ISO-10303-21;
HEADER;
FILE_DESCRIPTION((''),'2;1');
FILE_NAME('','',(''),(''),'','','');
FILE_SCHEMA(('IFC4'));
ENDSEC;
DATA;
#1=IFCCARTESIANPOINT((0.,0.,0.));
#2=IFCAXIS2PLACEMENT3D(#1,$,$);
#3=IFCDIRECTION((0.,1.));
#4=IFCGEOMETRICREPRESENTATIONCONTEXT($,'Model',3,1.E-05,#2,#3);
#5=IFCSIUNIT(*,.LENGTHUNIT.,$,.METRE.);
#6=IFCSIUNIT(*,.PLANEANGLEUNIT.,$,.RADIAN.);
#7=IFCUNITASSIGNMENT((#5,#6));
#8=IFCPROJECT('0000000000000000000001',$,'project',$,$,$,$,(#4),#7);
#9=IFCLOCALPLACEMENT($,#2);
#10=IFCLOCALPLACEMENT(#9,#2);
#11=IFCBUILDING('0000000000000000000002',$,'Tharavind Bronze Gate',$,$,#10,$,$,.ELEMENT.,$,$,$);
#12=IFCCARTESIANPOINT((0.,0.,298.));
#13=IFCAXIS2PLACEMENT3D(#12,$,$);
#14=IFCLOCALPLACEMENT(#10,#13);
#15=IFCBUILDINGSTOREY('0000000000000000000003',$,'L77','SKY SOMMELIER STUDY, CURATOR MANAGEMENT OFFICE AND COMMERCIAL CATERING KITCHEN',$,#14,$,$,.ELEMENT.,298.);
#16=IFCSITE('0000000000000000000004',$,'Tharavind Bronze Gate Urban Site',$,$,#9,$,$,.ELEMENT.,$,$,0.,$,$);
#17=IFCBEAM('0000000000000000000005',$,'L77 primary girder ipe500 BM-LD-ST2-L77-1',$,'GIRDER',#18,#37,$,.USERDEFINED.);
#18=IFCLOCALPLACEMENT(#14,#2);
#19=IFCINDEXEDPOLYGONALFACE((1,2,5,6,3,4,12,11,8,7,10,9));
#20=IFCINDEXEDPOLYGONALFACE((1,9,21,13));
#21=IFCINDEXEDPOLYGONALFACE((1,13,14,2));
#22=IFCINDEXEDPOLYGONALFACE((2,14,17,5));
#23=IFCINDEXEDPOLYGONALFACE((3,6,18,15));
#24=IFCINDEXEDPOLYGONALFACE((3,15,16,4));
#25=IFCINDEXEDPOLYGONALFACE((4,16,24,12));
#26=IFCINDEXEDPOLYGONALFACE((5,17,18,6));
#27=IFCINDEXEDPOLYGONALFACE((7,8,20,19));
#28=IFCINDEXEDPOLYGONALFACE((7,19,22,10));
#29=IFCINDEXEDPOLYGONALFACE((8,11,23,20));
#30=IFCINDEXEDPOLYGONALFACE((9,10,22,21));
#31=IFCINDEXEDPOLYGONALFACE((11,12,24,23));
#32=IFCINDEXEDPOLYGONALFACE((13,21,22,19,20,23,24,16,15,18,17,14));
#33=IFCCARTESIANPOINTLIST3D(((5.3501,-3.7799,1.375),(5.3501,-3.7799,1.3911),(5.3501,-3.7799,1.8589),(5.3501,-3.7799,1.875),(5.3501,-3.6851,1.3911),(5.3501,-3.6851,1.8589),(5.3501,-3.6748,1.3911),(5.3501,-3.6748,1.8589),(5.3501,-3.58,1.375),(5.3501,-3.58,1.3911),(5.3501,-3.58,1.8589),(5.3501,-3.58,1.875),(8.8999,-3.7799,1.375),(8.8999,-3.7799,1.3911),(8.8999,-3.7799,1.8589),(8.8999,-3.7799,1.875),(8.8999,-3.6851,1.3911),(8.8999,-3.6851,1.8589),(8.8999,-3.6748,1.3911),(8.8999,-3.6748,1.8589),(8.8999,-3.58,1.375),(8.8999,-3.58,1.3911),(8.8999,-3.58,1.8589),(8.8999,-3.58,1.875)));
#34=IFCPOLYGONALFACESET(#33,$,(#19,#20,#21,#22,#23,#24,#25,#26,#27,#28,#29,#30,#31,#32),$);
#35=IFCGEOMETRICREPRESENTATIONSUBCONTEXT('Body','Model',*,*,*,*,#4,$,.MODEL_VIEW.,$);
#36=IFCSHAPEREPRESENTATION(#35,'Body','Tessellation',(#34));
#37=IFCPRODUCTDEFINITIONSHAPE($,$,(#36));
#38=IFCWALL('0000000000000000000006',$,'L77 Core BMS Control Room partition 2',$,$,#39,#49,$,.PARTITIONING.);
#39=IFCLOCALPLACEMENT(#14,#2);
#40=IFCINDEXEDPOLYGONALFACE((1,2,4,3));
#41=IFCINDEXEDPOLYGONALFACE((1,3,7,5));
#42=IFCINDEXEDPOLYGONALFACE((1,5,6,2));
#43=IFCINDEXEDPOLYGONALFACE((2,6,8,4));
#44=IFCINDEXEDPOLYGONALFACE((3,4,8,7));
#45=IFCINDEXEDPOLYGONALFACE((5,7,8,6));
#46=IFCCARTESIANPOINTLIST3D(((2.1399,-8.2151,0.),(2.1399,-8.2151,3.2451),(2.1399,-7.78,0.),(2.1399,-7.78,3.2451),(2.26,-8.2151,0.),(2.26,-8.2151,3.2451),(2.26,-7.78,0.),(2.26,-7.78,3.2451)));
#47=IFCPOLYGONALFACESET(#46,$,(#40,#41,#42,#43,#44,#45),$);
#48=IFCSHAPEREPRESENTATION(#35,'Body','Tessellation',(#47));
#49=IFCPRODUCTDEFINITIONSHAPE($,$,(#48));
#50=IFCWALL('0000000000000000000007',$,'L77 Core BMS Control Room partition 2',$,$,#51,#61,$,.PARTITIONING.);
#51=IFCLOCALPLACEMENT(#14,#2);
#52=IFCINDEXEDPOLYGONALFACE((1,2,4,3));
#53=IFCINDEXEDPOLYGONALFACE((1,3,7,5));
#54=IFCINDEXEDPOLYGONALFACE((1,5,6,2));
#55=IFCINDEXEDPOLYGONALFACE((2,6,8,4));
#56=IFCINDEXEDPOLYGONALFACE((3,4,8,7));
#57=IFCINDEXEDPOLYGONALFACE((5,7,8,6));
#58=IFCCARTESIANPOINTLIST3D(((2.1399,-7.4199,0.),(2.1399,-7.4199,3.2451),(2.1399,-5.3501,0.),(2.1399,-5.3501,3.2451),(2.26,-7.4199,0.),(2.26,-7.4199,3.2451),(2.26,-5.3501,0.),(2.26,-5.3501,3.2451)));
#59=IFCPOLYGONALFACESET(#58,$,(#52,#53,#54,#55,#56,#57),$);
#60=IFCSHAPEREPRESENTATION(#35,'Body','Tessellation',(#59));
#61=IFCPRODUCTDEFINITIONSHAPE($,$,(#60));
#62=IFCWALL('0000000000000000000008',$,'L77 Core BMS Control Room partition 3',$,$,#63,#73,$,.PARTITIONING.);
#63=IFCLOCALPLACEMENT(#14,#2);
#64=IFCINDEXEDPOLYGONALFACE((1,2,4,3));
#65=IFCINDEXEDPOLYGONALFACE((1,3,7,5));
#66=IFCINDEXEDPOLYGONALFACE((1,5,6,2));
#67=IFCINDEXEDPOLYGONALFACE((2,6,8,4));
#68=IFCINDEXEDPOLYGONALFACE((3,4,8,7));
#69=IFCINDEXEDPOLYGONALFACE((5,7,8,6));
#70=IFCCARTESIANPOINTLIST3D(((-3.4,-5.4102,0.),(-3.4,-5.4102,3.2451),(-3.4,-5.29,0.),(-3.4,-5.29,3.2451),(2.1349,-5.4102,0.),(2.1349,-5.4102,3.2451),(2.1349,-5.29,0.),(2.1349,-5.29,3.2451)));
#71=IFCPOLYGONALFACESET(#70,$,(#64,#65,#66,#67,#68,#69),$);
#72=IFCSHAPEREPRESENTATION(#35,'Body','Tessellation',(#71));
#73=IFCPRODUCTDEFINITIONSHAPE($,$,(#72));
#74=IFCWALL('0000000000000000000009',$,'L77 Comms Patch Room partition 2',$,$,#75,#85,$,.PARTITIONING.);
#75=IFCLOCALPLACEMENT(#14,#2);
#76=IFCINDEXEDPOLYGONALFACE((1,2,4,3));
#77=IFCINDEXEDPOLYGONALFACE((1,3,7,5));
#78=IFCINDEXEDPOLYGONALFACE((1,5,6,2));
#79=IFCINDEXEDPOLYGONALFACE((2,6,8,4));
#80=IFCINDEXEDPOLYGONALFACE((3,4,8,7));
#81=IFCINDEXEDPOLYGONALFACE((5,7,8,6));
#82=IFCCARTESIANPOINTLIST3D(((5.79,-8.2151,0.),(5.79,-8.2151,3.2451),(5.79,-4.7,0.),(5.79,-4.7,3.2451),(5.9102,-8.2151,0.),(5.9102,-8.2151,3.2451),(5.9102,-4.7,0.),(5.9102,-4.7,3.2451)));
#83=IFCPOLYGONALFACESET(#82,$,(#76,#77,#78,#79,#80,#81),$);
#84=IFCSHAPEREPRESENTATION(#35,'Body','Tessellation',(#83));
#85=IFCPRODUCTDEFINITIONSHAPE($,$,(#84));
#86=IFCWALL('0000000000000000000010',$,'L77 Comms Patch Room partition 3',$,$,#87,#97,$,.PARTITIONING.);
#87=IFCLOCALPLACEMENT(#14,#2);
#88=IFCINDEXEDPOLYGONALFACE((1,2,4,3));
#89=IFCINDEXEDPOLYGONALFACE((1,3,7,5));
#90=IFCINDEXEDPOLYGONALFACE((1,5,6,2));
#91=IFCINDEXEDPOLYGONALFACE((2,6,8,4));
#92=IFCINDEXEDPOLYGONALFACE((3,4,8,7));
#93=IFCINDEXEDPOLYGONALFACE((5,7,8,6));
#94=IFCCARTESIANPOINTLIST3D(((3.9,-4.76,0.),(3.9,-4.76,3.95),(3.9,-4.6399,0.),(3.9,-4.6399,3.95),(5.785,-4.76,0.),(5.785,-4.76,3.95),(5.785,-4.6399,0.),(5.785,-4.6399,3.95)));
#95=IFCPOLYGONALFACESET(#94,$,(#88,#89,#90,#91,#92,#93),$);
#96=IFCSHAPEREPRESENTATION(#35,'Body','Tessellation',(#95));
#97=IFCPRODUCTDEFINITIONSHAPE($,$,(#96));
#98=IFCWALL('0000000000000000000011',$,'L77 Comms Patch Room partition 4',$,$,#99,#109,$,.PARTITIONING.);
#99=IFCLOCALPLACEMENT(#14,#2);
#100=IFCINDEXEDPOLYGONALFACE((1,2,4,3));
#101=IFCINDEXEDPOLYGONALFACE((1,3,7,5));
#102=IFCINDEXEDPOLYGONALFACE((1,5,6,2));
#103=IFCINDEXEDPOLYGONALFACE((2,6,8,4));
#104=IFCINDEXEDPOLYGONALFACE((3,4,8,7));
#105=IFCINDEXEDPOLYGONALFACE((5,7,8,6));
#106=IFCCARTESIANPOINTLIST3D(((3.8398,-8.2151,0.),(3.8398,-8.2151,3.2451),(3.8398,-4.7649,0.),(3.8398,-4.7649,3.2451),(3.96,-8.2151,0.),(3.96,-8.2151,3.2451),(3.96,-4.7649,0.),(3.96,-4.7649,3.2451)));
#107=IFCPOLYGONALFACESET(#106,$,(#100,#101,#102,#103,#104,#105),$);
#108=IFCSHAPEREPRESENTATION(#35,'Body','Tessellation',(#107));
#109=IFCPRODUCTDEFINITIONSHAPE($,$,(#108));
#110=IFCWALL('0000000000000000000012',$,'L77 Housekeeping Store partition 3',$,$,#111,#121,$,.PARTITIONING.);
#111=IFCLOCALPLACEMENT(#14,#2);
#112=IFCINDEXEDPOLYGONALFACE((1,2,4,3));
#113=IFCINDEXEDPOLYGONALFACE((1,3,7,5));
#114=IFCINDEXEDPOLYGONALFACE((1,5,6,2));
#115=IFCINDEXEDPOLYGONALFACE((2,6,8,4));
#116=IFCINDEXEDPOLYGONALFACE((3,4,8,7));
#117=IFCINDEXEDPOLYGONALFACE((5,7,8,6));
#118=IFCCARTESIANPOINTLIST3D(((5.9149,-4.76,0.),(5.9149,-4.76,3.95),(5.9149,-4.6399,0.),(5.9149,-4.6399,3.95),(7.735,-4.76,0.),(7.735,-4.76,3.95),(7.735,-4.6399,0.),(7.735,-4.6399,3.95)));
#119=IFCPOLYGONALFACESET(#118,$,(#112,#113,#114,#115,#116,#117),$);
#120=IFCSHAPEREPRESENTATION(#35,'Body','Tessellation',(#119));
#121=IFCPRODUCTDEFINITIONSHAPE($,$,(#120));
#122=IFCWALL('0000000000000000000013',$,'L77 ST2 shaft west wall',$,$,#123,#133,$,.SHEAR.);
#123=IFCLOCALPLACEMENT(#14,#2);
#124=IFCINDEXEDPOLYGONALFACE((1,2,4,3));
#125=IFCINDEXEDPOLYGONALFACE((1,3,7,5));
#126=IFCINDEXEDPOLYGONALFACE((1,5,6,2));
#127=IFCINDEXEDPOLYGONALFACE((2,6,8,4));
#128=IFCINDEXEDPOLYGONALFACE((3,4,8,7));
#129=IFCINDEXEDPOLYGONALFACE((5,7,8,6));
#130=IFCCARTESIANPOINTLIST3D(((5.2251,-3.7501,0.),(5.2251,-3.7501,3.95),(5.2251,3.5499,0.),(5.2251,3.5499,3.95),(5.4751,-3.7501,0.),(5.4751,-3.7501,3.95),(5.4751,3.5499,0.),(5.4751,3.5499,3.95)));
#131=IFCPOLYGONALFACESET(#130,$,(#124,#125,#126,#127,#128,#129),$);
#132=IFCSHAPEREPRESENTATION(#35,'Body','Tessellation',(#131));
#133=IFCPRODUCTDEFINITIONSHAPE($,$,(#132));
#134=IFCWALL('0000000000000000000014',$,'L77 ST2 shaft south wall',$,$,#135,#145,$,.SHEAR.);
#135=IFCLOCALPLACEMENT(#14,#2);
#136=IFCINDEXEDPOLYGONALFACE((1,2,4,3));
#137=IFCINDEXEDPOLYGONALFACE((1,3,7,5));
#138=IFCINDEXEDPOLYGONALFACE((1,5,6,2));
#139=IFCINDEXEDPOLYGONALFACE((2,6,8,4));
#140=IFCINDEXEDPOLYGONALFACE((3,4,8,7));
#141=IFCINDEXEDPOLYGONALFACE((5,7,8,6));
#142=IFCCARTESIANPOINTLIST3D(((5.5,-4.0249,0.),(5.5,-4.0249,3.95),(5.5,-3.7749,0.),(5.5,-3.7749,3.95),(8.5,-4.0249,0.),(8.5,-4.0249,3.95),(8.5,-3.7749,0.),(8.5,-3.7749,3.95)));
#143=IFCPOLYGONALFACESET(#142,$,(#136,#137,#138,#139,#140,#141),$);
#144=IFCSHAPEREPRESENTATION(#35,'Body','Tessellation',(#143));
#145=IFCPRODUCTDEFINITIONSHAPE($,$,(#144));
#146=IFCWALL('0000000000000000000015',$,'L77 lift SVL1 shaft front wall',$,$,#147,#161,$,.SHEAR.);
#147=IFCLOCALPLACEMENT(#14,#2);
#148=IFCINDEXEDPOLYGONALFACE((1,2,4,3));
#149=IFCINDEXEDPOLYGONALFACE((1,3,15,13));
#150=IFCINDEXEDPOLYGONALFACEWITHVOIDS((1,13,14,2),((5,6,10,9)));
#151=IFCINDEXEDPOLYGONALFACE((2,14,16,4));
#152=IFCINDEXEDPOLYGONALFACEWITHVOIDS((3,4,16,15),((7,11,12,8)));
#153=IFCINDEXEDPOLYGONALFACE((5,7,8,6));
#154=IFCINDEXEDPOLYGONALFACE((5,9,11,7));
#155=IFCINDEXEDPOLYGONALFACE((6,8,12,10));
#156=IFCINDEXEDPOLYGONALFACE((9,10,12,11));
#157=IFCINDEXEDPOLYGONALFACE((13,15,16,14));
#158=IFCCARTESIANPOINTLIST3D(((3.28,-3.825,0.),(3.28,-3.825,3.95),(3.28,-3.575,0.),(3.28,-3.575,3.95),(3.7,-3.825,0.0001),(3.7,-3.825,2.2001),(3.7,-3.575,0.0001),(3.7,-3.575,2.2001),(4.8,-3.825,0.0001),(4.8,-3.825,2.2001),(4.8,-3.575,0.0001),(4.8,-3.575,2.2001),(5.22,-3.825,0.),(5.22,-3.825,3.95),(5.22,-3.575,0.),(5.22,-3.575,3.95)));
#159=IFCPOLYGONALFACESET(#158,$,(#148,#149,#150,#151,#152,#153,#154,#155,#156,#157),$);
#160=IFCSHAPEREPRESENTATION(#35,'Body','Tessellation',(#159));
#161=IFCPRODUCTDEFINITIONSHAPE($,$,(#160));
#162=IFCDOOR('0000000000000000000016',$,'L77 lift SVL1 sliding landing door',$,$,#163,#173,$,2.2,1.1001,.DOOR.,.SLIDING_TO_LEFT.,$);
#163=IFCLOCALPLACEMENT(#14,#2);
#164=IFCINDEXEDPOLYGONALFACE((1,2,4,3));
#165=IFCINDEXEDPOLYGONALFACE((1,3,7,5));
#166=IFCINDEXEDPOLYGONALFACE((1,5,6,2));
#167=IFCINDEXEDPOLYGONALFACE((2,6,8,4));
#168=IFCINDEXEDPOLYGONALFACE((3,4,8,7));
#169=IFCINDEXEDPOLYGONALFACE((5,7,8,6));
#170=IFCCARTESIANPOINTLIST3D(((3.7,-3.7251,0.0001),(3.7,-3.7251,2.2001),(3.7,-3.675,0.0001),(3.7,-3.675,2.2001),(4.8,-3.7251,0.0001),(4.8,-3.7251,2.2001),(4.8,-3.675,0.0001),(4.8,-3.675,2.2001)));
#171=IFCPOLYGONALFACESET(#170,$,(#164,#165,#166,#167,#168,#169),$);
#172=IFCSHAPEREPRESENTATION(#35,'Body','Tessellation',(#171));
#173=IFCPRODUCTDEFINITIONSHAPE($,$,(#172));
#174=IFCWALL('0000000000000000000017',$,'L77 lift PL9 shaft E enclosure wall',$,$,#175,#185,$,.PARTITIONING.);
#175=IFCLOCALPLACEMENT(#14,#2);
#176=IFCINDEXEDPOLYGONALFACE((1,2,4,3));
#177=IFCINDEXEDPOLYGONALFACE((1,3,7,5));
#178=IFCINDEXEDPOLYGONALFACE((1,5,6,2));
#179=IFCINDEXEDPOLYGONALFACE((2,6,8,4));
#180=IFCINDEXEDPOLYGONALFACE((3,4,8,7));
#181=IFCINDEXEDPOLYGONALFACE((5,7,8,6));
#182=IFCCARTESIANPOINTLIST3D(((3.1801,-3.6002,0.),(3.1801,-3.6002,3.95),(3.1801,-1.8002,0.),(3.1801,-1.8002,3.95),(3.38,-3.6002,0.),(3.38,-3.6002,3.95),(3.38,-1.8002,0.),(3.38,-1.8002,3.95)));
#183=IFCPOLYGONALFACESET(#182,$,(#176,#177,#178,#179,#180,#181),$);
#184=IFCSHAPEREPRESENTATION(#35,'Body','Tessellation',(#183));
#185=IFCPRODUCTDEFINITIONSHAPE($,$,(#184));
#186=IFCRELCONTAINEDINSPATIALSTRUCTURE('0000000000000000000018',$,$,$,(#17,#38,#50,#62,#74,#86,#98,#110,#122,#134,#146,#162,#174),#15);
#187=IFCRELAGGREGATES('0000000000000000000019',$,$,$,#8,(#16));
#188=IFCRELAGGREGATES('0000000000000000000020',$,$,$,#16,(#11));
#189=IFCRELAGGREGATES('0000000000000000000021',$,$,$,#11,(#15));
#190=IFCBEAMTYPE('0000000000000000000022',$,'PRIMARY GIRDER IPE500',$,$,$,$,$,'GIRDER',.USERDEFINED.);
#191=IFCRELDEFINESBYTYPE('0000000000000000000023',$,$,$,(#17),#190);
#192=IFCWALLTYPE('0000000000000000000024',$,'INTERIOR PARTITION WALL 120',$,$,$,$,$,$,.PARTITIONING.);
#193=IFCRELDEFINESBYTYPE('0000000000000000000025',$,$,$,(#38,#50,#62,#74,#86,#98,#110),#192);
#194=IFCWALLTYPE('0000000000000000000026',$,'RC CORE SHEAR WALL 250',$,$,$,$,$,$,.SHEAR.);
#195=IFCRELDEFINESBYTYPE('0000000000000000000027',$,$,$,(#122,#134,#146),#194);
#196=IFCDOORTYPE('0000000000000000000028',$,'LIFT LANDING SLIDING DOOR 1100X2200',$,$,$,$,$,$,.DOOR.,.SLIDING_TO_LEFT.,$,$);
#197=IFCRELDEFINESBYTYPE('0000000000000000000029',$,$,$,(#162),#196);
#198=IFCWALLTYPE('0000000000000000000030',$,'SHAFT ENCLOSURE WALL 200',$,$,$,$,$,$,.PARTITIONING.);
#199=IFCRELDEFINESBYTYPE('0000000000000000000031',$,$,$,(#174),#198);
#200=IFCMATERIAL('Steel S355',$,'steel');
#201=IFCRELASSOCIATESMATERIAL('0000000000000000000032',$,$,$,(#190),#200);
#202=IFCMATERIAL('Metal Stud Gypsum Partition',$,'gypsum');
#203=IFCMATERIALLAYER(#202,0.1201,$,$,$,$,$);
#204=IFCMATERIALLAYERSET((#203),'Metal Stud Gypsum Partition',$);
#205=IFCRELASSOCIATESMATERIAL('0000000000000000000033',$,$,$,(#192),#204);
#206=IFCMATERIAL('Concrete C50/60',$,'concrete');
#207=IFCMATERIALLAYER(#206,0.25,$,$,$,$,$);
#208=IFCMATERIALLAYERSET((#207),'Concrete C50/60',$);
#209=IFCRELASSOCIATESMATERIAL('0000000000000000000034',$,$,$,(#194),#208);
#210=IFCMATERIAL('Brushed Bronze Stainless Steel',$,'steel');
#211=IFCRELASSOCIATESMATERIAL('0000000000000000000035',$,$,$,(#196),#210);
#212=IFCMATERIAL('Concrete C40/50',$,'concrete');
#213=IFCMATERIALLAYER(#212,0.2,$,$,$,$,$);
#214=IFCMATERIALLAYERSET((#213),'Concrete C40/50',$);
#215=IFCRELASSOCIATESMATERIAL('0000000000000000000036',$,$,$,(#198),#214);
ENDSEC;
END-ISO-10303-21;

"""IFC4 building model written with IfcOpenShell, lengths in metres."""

from ifc_helpers import new_model, si_unit, direction, frame, frame_2d, origin, origin_2d, place, context, subcontext, project, spatial, rectangle, i_section, extrude, material, layer, layer_set, material_profile, profile_set, type_object, element, fill, save


model = new_model("IFC4")

# Units and contexts
model_context = context("Model", 3, precision=1e-05, world=origin(), true_north=direction((0.0, 1.0)))
body_context = subcontext(model_context, "Body", "Model", "MODEL_VIEW")
ifc_project = project(units=[si_unit("LENGTHUNIT", "METRE"), si_unit("PLANEANGLEUNIT", "RADIAN")], contexts=[model_context])

# Site, building, storey
site_placement = place(None, origin())
site = spatial("IfcSite", under=ifc_project, at=site_placement, Name="Tharavind Bronze Gate Urban Site", CompositionType="ELEMENT", RefElevation=0.0)
building_placement = place(site_placement, origin())
building = spatial("IfcBuilding", under=site, at=building_placement, Name="Tharavind Bronze Gate", CompositionType="ELEMENT")
storey_placement = place(building_placement, frame((0.0, 0.0, 298.0)))
storey = spatial("IfcBuildingStorey", under=building, at=storey_placement, Name="L77", Description="SKY SOMMELIER STUDY, CURATOR MANAGEMENT OFFICE AND COMMERCIAL CATERING KITCHEN", CompositionType="ELEMENT", Elevation=298.0)

# Beam
ifc_material_1 = material(Name="Steel S355", Category="steel")
ifc_material_profile = material_profile(ifc_material_1, i_section(OverallWidth=0.2, OverallDepth=0.5, WebThickness=0.0103, FlangeThickness=0.0161, at=origin_2d()), Name="IPE500")
ifc_profile_set = profile_set([ifc_material_profile], Name="Steel S355")
beam_type = type_object("IfcBeamType", Name="PRIMARY GIRDER IPE500", ElementType="GIRDER", PredefinedType="USERDEFINED", material=ifc_profile_set)
beam_placement = place(storey_placement, frame((5.3501, -3.6799, 1.625), z_axis=(1.0, 0.0, 0.0), x_axis=(0.0, 1.0, 0.0)))
element("IfcBeam", 1, at=beam_placement, inside=storey, type_object=beam_type, Name="L77 primary girder ipe500 BM-LD-ST2-L77-1", ObjectType="GIRDER", PredefinedType="USERDEFINED", context=body_context, shape_type="SweptSolid", body=[
    extrude(i_section(OverallWidth=0.2, OverallDepth=0.5, WebThickness=0.0103, FlangeThickness=0.0161, at=origin_2d()), origin(), (0.0, 0.0, 1.0), 3.5498),
])

# Walls
ifc_material_2 = material(Name="Metal Stud Gypsum Partition", Category="gypsum")
ifc_layer_1 = layer(ifc_material_2, 0.1201)
ifc_layer_set_1 = layer_set([ifc_layer_1], Name="Metal Stud Gypsum Partition")
wall_type_1 = type_object("IfcWallType", Name="INTERIOR PARTITION WALL 120", PredefinedType="PARTITIONING", material=ifc_layer_set_1)
wall_1_placement = place(storey_placement, frame((2.2, -8.2151, 0.0), z_axis=(0.0, 0.0, 1.0), x_axis=(0.0, 1.0, 0.0)))
element("IfcWall", 2, at=wall_1_placement, inside=storey, type_object=wall_type_1, Name="L77 Core BMS Control Room partition 2", PredefinedType="PARTITIONING", context=body_context, shape_type="SweptSolid", body=[
    extrude(rectangle(XDim=0.4351, YDim=0.1201, at=frame_2d((0.2175, 0.0))), origin(), (0.0, 0.0, 1.0), 3.2451),
])
wall_2_placement = place(storey_placement, frame((2.2, -7.4199, 0.0), z_axis=(0.0, 0.0, 1.0), x_axis=(0.0, 1.0, 0.0)))
element("IfcWall", 3, at=wall_2_placement, inside=storey, type_object=wall_type_1, Name="L77 Core BMS Control Room partition 2", PredefinedType="PARTITIONING", context=body_context, shape_type="SweptSolid", body=[
    extrude(rectangle(XDim=2.0698, YDim=0.1201, at=frame_2d((1.0349, 0.0))), origin(), (0.0, 0.0, 1.0), 3.2451),
])
wall_3_placement = place(storey_placement, frame((2.135, -5.3501, 0.0), z_axis=(0.0, 0.0, 1.0), x_axis=(-1.0, 0.0, 0.0)))
element("IfcWall", 4, at=wall_3_placement, inside=storey, type_object=wall_type_1, Name="L77 Core BMS Control Room partition 3", PredefinedType="PARTITIONING", context=body_context, shape_type="SweptSolid", body=[
    extrude(rectangle(XDim=5.5349, YDim=0.1201, at=frame_2d((2.7676, 0.0))), origin(), (0.0, 0.0, 1.0), 3.2451),
])
wall_4_placement = place(storey_placement, frame((5.8501, -8.2151, 0.0), z_axis=(0.0, 0.0, 1.0), x_axis=(0.0, 1.0, 0.0)))
element("IfcWall", 5, at=wall_4_placement, inside=storey, type_object=wall_type_1, Name="L77 Comms Patch Room partition 2", PredefinedType="PARTITIONING", context=body_context, shape_type="SweptSolid", body=[
    extrude(rectangle(XDim=3.5151, YDim=0.1201, at=frame_2d((1.7576, 0.0))), origin(), (0.0, 0.0, 1.0), 3.2451),
])
wall_5_placement = place(storey_placement, frame((5.7849, -4.7, 0.0), z_axis=(0.0, 0.0, 1.0), x_axis=(-1.0, 0.0, 0.0)))
element("IfcWall", 6, at=wall_5_placement, inside=storey, type_object=wall_type_1, Name="L77 Comms Patch Room partition 3", PredefinedType="PARTITIONING", context=body_context, shape_type="SweptSolid", body=[
    extrude(rectangle(XDim=1.885, YDim=0.1201, at=frame_2d((0.9424, 0.0))), origin(), (0.0, 0.0, 1.0), 3.95),
])
wall_6_placement = place(storey_placement, frame((3.8999, -4.7649, 0.0), z_axis=(0.0, 0.0, 1.0), x_axis=(0.0, -1.0, 0.0)))
element("IfcWall", 7, at=wall_6_placement, inside=storey, type_object=wall_type_1, Name="L77 Comms Patch Room partition 4", PredefinedType="PARTITIONING", context=body_context, shape_type="SweptSolid", body=[
    extrude(rectangle(XDim=3.4502, YDim=0.1201, at=frame_2d((1.7251, 0.0))), origin(), (0.0, 0.0, 1.0), 3.2451),
])
wall_7_placement = place(storey_placement, frame((7.7351, -4.7, 0.0), z_axis=(0.0, 0.0, 1.0), x_axis=(-1.0, 0.0, 0.0)))
element("IfcWall", 8, at=wall_7_placement, inside=storey, type_object=wall_type_1, Name="L77 Housekeeping Store partition 3", PredefinedType="PARTITIONING", context=body_context, shape_type="SweptSolid", body=[
    extrude(rectangle(XDim=1.8201, YDim=0.1201, at=frame_2d((0.9102, 0.0))), origin(), (0.0, 0.0, 1.0), 3.95),
])
ifc_material_3 = material(Name="Concrete C50/60", Category="concrete")
ifc_layer_2 = layer(ifc_material_3, 0.25)
ifc_layer_set_2 = layer_set([ifc_layer_2], Name="Concrete C50/60")
wall_type_2 = type_object("IfcWallType", Name="RC CORE SHEAR WALL 250", PredefinedType="SHEAR", material=ifc_layer_set_2)
wall_8_placement = place(storey_placement, frame((5.3501, -3.75, 0.0), z_axis=(0.0, 0.0, 1.0), x_axis=(0.0, 1.0, 0.0)))
element("IfcWall", 9, at=wall_8_placement, inside=storey, type_object=wall_type_2, Name="L77 ST2 shaft west wall", PredefinedType="SHEAR", context=body_context, shape_type="SweptSolid", body=[
    extrude(rectangle(XDim=7.3, YDim=0.25, at=frame_2d((3.6499, 0.0))), origin(), (0.0, 0.0, 1.0), 3.95),
])
wall_9_placement = place(storey_placement, frame((5.5, -3.8999, 0.0), z_axis=(0.0, 0.0, 1.0), x_axis=(1.0, 0.0, 0.0)))
element("IfcWall", 10, at=wall_9_placement, inside=storey, type_object=wall_type_2, Name="L77 ST2 shaft south wall", PredefinedType="SHEAR", context=body_context, shape_type="SweptSolid", body=[
    extrude(rectangle(XDim=3.0, YDim=0.25, at=frame_2d((1.5, 0.0))), origin(), (0.0, 0.0, 1.0), 3.95),
])

# Wall, opening, door
wall_10_placement = place(storey_placement, frame((3.28, -3.7, 0.0), z_axis=(0.0, 0.0, 1.0), x_axis=(1.0, 0.0, 0.0)))
wall_10 = element("IfcWall", 11, at=wall_10_placement, inside=storey, type_object=wall_type_2, Name="L77 lift SVL1 shaft front wall", PredefinedType="SHEAR", context=body_context, shape_type="SweptSolid", body=[
    extrude(rectangle(XDim=1.9399, YDim=0.25, at=frame_2d((0.97, 0.0))), origin(), (0.0, 0.0, 1.0), 3.95),
])
opening_placement = place(wall_10_placement, frame((0.4199, 0.0, 0.0)))
opening = element("IfcOpeningElement", 12, at=opening_placement, cuts=wall_10, PredefinedType="OPENING", context=body_context, shape_type="SweptSolid", body=[
    extrude(rectangle(XDim=1.1001, YDim=2.2, at=frame_2d((0.55, 1.1001))), frame((0.0, 0.135, 0.0), z_axis=(0.0, -1.0, 0.0), x_axis=(1.0, 0.0, 0.0)), (0.0, 0.0, 1.0), 0.27),
])
ifc_material_4 = material(Name="Brushed Bronze Stainless Steel", Category="steel")
door_type = type_object("IfcDoorType", Name="LIFT LANDING SLIDING DOOR 1100X2200", OperationType="SLIDING_TO_LEFT", PredefinedType="DOOR", material=ifc_material_4)
door_placement = place(opening_placement, origin())
door = element("IfcDoor", 13, at=door_placement, inside=storey, type_object=door_type, Name="L77 lift SVL1 sliding landing door", OperationType="SLIDING_TO_LEFT", OverallHeight=2.2, OverallWidth=1.1001, PredefinedType="DOOR", context=body_context, shape_type="SweptSolid", body=[
    extrude(rectangle(XDim=1.1001, YDim=2.2, at=frame_2d((0.55, 1.1001))), frame((0.0, 0.0249, 0.0), z_axis=(0.0, -1.0, 0.0), x_axis=(1.0, 0.0, 0.0)), (0.0, 0.0, 1.0), 0.05),
])
fill(opening, door)

# Wall
ifc_material_5 = material(Name="Concrete C40/50", Category="concrete")
ifc_layer_3 = layer(ifc_material_5, 0.2)
ifc_layer_set_3 = layer_set([ifc_layer_3], Name="Concrete C40/50")
wall_type_3 = type_object("IfcWallType", Name="SHAFT ENCLOSURE WALL 200", PredefinedType="PARTITIONING", material=ifc_layer_set_3)
for number, where, z_axis, x_axis, name in (
    (14, (3.28, -3.6001, 0.0), (0.0, 0.0, 1.0), (0.0, 1.0, 0.0), "L77 lift PL9 shaft E enclosure wall"),
):
    element("IfcWall", number, at=place(storey_placement, frame(where, z_axis=z_axis, x_axis=x_axis)), inside=storey, type_object=wall_type_3, Name=name, PredefinedType="PARTITIONING", context=body_context, shape_type="SweptSolid", body=[
        extrude(rectangle(XDim=1.8, YDim=0.2, at=frame_2d((0.8999, 0.0))), origin(), (0.0, 0.0, 1.0), 3.95),
    ])

save(model, "model.ifc")
